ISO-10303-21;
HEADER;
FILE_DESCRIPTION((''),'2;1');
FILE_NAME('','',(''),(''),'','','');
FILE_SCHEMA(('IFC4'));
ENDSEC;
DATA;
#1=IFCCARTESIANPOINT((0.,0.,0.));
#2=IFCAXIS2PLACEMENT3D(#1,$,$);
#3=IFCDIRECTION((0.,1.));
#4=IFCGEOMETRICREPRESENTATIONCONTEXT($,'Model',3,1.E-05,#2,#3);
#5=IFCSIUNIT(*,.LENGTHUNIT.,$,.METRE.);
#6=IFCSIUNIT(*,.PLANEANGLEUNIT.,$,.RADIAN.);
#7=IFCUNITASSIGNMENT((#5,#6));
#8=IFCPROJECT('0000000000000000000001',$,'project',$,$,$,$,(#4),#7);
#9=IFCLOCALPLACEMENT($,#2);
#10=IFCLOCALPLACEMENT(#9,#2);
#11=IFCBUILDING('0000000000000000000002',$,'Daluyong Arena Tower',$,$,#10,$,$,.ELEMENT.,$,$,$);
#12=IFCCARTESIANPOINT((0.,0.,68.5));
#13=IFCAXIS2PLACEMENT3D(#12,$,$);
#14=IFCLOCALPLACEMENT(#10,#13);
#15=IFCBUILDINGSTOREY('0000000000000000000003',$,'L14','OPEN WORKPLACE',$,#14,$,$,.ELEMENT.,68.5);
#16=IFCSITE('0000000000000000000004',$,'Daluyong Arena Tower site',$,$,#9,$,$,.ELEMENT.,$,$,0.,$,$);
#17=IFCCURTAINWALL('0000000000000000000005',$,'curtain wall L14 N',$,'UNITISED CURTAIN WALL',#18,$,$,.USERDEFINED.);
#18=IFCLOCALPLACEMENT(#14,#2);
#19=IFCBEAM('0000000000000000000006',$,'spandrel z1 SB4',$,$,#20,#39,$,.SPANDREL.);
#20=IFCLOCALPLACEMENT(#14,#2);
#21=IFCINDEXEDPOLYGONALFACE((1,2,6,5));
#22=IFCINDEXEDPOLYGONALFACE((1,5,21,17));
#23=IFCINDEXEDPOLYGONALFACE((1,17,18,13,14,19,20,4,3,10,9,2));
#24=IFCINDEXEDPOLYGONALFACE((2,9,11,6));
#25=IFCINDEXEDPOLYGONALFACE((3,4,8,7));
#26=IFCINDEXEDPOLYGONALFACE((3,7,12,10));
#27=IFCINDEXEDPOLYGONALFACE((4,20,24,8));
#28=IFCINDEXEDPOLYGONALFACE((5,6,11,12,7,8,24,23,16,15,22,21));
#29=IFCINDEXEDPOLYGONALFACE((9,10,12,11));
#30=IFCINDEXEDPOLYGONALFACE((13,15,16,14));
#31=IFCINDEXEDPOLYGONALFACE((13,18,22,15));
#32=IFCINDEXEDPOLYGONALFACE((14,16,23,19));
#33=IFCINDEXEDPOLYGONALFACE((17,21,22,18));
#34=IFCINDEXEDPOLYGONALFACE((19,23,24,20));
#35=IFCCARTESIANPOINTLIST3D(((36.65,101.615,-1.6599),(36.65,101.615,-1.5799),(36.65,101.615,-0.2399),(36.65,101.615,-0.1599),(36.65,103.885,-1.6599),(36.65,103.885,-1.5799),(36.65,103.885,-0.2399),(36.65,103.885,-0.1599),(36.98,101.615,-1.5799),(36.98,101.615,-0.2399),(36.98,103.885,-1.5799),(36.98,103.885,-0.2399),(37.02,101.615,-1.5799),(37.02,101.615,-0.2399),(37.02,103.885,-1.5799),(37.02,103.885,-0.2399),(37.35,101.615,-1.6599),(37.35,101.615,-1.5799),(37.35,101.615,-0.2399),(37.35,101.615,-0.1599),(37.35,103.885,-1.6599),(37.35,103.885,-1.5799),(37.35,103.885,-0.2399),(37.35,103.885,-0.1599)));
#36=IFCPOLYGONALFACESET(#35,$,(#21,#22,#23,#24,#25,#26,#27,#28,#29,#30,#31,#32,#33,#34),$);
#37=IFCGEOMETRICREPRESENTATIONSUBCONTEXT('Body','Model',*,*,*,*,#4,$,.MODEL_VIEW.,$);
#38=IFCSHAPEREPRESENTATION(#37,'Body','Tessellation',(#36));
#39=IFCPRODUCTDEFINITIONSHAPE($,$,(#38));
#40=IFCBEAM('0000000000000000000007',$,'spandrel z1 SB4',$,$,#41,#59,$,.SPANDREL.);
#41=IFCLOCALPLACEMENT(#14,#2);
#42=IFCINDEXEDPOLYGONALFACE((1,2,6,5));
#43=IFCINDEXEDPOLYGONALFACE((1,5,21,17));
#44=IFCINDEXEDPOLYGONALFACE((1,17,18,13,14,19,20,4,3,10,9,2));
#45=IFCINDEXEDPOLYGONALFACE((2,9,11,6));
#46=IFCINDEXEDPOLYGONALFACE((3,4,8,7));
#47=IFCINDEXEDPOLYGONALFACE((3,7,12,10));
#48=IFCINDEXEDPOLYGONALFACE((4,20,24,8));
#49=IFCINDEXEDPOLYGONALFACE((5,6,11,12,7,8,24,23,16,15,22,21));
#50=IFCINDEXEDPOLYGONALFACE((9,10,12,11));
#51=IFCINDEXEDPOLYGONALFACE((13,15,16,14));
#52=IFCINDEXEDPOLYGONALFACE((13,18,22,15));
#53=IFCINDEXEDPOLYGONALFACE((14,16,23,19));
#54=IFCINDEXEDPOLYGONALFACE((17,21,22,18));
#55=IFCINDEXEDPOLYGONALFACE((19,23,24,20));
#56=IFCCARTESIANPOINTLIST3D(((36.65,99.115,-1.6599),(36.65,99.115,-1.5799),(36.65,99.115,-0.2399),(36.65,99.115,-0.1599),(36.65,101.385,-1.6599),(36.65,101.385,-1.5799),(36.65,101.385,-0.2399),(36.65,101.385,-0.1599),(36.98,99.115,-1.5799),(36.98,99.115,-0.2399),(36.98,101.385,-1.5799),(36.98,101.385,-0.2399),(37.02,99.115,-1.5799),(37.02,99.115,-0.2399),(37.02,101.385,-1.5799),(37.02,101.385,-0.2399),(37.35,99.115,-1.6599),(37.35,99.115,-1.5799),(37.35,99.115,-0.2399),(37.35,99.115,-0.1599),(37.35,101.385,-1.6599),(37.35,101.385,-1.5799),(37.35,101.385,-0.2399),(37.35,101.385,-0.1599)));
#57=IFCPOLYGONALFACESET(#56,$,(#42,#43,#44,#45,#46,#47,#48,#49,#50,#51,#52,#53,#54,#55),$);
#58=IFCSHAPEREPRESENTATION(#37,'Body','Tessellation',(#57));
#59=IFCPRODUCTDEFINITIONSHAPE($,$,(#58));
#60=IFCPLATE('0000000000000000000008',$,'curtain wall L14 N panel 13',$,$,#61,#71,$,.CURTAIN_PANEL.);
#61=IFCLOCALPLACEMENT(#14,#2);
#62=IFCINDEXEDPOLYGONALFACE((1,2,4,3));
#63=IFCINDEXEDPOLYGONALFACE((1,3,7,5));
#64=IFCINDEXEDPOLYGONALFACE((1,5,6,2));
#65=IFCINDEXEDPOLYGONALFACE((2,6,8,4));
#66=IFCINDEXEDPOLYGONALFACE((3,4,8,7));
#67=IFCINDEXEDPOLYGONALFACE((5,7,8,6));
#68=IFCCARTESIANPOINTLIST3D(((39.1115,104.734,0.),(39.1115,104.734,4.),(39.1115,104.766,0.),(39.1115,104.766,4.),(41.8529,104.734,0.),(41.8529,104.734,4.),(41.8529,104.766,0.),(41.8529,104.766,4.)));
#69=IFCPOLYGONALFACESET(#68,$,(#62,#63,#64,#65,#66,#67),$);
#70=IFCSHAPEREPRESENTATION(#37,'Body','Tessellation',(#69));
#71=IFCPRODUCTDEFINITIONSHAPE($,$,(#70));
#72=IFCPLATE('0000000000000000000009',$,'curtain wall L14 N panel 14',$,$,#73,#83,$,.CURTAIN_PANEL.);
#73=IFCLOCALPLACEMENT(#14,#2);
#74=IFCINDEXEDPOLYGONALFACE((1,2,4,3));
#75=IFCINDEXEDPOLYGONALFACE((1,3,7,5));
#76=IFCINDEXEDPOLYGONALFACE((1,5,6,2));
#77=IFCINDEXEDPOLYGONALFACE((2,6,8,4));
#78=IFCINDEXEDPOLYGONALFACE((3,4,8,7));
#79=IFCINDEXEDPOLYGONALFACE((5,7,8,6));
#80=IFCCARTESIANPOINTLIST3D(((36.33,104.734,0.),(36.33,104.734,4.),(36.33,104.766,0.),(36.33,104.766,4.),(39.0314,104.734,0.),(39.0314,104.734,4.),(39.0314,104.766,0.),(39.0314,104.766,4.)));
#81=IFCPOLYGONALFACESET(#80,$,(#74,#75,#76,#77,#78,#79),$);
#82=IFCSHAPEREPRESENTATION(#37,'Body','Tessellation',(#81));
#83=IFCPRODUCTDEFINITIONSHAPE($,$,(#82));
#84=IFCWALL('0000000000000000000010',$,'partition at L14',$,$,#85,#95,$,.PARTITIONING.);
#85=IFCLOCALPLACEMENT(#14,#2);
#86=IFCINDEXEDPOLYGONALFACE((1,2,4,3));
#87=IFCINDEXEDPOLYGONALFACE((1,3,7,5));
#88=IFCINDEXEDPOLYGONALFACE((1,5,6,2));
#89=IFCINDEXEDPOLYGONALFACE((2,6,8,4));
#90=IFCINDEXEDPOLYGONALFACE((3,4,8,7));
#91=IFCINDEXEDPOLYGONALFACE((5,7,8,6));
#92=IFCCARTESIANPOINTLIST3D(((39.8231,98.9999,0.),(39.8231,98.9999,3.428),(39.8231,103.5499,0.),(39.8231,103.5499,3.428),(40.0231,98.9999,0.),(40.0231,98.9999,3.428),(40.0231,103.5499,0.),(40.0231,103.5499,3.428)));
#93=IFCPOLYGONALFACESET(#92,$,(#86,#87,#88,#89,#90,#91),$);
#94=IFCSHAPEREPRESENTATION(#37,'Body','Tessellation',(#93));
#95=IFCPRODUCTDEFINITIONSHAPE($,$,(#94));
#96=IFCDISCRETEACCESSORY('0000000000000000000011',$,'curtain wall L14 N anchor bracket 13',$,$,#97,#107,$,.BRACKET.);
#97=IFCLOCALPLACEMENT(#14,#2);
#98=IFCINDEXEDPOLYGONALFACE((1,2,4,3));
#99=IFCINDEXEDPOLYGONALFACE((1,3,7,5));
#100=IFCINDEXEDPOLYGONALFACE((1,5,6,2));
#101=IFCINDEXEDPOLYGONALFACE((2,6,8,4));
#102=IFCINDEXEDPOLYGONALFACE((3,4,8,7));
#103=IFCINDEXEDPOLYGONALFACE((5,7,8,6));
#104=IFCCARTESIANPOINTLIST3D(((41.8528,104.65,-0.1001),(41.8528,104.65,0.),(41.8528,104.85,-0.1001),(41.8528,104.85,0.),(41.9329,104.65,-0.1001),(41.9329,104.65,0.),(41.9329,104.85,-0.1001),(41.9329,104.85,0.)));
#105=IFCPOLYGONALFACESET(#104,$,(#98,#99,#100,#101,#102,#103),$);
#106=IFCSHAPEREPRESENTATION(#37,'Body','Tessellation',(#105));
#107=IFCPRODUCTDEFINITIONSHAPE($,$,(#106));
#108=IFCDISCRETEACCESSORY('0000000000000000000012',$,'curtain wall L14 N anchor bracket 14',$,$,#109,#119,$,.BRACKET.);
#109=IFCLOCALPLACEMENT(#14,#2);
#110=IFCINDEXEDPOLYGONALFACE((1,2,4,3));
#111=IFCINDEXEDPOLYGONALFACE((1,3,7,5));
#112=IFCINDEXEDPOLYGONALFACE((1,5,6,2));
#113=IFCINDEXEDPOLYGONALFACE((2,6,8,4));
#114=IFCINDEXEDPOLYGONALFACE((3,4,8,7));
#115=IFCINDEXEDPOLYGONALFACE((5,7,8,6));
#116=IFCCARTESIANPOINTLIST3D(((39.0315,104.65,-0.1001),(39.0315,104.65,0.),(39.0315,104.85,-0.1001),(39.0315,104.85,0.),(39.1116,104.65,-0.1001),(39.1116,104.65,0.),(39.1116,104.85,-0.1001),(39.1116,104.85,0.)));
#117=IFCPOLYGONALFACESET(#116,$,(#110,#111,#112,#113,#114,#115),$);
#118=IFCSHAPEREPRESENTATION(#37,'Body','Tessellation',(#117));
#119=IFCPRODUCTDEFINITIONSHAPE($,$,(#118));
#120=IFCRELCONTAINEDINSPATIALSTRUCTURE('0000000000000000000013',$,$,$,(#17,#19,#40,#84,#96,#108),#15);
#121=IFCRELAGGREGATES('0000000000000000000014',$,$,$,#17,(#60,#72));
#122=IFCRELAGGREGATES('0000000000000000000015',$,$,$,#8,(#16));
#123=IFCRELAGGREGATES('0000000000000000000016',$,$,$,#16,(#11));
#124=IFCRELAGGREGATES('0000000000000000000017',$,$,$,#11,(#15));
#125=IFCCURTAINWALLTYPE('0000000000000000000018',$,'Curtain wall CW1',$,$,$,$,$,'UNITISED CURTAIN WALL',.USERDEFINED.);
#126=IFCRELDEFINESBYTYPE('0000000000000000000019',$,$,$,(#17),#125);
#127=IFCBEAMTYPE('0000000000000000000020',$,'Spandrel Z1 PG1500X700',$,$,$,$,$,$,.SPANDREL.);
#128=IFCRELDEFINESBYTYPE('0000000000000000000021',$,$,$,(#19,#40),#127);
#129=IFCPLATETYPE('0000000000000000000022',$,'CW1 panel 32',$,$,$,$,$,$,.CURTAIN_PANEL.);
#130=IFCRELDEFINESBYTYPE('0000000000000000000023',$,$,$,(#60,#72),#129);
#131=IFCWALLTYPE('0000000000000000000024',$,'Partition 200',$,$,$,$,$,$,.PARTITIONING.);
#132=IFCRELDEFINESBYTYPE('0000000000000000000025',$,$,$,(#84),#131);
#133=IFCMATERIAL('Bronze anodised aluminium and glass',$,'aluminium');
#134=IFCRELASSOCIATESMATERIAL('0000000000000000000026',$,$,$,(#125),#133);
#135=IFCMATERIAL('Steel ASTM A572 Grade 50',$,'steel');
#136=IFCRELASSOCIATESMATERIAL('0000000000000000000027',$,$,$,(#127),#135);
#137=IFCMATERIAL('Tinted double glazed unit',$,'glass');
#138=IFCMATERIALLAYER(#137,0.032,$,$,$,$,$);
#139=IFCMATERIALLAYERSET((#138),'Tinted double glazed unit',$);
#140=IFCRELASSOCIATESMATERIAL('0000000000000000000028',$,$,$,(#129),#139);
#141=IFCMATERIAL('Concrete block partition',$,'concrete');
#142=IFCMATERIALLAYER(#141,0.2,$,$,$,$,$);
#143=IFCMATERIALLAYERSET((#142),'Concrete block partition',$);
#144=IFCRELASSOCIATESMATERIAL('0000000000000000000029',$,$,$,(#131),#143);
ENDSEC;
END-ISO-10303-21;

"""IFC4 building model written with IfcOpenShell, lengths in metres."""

from ifc_helpers import new_model, si_unit, direction, frame, frame_2d, origin, origin_2d, place, context, subcontext, project, spatial, rectangle, i_section, extrude, material, layer, layer_set, material_profile, profile_set, type_object, element, aggregate, save


model = new_model("IFC4")

# Units and contexts
model_context = context("Model", 3, precision=1e-05, world=origin(), true_north=direction((0.0, 1.0)))
body_context = subcontext(model_context, "Body", "Model", "MODEL_VIEW")
ifc_project = project(units=[si_unit("LENGTHUNIT", "METRE"), si_unit("PLANEANGLEUNIT", "RADIAN")], contexts=[model_context])

# Site, building, storey
site_placement = place(None, origin())
site = spatial("IfcSite", under=ifc_project, at=site_placement, Name="Daluyong Arena Tower site", CompositionType="ELEMENT", RefElevation=0.0)
building_placement = place(site_placement, origin())
building = spatial("IfcBuilding", under=site, at=building_placement, Name="Daluyong Arena Tower", CompositionType="ELEMENT")
storey_placement = place(building_placement, frame((0.0, 0.0, 68.5)))
storey = spatial("IfcBuildingStorey", under=building, at=storey_placement, Name="L14", Description="OPEN WORKPLACE", CompositionType="ELEMENT", Elevation=68.5)

# Curtain wall
ifc_material_1 = material(Name="Bronze anodised aluminium and glass", Category="aluminium")
curtain_wall_type = type_object("IfcCurtainWallType", Name="Curtain wall CW1", ElementType="UNITISED CURTAIN WALL", PredefinedType="USERDEFINED", material=ifc_material_1)
curtain_wall_placement = place(storey_placement, origin())
curtain_wall = element("IfcCurtainWall", 1, at=curtain_wall_placement, inside=storey, type_object=curtain_wall_type, Name="curtain wall L14 N", ObjectType="UNITISED CURTAIN WALL", PredefinedType="USERDEFINED")

# Beams
ifc_material_2 = material(Name="Steel ASTM A572 Grade 50", Category="steel")
ifc_material_profile_1 = material_profile(ifc_material_2, i_section(OverallWidth=0.7, OverallDepth=1.5, WebThickness=0.04, FlangeThickness=0.08, at=origin_2d()))
ifc_profile_set_1 = profile_set([ifc_material_profile_1], Name="Steel ASTM A572 Grade 50")
beam_type_1 = type_object("IfcBeamType", Name="Spandrel Z1 PG1500X700", PredefinedType="SPANDREL", material=ifc_profile_set_1)
for number, where, z_axis, x_axis, name in (
    (2, (37.0, 103.885, -0.9099), (0.0, -1.0, 0.0), (1.0, 0.0, 0.0), "spandrel z1 SB4"),
    (3, (37.0, 101.385, -0.9099), (0.0, -1.0, 0.0), (1.0, 0.0, 0.0), "spandrel z1 SB4"),
):
    element("IfcBeam", number, at=place(storey_placement, frame(where, z_axis=z_axis, x_axis=x_axis)), inside=storey, type_object=beam_type_1, Name=name, PredefinedType="SPANDREL", context=body_context, shape_type="SweptSolid", body=[
        extrude(i_section(OverallWidth=0.7, OverallDepth=1.5, WebThickness=0.04, FlangeThickness=0.08, at=origin_2d()), origin(), (0.0, 0.0, 1.0), 2.27),
    ])

# Plates
ifc_material_3 = material(Name="Tinted double glazed unit", Category="glass")
ifc_layer_1 = layer(ifc_material_3, 0.032)
ifc_layer_set_1 = layer_set([ifc_layer_1], Name="Tinted double glazed unit")
plate_type = type_object("IfcPlateType", Name="CW1 panel 32", PredefinedType="CURTAIN_PANEL", material=ifc_layer_set_1)
plate_1_placement = place(storey_placement, frame((40.4822, 104.75, 0.0), z_axis=(0.0, 0.0, 1.0), x_axis=(-1.0, 0.0, 0.0)))
plate_1 = element("IfcPlate", 4, at=plate_1_placement, type_object=plate_type, Name="curtain wall L14 N panel 13", PredefinedType="CURTAIN_PANEL", context=body_context, shape_type="SweptSolid", body=[
    extrude(rectangle(XDim=2.7415, YDim=0.032, at=origin_2d()), origin(), (0.0, 0.0, 1.0), 4.0),
])
plate_2_placement = place(storey_placement, frame((37.6807, 104.75, 0.0), z_axis=(0.0, 0.0, 1.0), x_axis=(-1.0, 0.0, 0.0)))
plate_2 = element("IfcPlate", 5, at=plate_2_placement, type_object=plate_type, Name="curtain wall L14 N panel 14", PredefinedType="CURTAIN_PANEL", context=body_context, shape_type="SweptSolid", body=[
    extrude(rectangle(XDim=2.7014, YDim=0.032, at=origin_2d()), origin(), (0.0, 0.0, 1.0), 4.0),
])
aggregate(curtain_wall, [plate_1, plate_2])

# Wall
ifc_material_4 = material(Name="Concrete block partition", Category="concrete")
ifc_layer_2 = layer(ifc_material_4, 0.2)
ifc_layer_set_2 = layer_set([ifc_layer_2], Name="Concrete block partition")
wall_type_1 = type_object("IfcWallType", Name="Partition 200", PredefinedType="PARTITIONING", material=ifc_layer_set_2)
wall_1_placement = place(storey_placement, frame((39.9231, 99.0, 0.0), z_axis=(0.0, 0.0, 1.0), x_axis=(0.0, 1.0, 0.0)))
element("IfcWall", 6, at=wall_1_placement, inside=storey, type_object=wall_type_1, Name="partition at L14", PredefinedType="PARTITIONING", context=body_context, shape_type="SweptSolid", body=[
    extrude(rectangle(XDim=4.55, YDim=0.2, at=frame_2d((2.2749, 0.0))), origin(), (0.0, 0.0, 1.0), 3.428),
])

# Discrete accessories
for number, where, z_axis, x_axis, name in (
    (7, (41.8928, 104.75, -0.1001), (0.0, 0.0, 1.0), (-1.0, 0.0, 0.0), "curtain wall L14 N anchor bracket 13"),
    (8, (39.0715, 104.75, -0.1001), (0.0, 0.0, 1.0), (-1.0, 0.0, 0.0), "curtain wall L14 N anchor bracket 14"),
):
    element("IfcDiscreteAccessory", number, at=place(storey_placement, frame(where, z_axis=z_axis, x_axis=x_axis)), inside=storey, Name=name, PredefinedType="BRACKET", context=body_context, shape_type="SweptSolid", body=[
        extrude(rectangle(XDim=0.0801, YDim=0.2, at=origin_2d()), origin(), (0.0, 0.0, 1.0), 0.1001),
    ])

save(model, "model.ifc")
